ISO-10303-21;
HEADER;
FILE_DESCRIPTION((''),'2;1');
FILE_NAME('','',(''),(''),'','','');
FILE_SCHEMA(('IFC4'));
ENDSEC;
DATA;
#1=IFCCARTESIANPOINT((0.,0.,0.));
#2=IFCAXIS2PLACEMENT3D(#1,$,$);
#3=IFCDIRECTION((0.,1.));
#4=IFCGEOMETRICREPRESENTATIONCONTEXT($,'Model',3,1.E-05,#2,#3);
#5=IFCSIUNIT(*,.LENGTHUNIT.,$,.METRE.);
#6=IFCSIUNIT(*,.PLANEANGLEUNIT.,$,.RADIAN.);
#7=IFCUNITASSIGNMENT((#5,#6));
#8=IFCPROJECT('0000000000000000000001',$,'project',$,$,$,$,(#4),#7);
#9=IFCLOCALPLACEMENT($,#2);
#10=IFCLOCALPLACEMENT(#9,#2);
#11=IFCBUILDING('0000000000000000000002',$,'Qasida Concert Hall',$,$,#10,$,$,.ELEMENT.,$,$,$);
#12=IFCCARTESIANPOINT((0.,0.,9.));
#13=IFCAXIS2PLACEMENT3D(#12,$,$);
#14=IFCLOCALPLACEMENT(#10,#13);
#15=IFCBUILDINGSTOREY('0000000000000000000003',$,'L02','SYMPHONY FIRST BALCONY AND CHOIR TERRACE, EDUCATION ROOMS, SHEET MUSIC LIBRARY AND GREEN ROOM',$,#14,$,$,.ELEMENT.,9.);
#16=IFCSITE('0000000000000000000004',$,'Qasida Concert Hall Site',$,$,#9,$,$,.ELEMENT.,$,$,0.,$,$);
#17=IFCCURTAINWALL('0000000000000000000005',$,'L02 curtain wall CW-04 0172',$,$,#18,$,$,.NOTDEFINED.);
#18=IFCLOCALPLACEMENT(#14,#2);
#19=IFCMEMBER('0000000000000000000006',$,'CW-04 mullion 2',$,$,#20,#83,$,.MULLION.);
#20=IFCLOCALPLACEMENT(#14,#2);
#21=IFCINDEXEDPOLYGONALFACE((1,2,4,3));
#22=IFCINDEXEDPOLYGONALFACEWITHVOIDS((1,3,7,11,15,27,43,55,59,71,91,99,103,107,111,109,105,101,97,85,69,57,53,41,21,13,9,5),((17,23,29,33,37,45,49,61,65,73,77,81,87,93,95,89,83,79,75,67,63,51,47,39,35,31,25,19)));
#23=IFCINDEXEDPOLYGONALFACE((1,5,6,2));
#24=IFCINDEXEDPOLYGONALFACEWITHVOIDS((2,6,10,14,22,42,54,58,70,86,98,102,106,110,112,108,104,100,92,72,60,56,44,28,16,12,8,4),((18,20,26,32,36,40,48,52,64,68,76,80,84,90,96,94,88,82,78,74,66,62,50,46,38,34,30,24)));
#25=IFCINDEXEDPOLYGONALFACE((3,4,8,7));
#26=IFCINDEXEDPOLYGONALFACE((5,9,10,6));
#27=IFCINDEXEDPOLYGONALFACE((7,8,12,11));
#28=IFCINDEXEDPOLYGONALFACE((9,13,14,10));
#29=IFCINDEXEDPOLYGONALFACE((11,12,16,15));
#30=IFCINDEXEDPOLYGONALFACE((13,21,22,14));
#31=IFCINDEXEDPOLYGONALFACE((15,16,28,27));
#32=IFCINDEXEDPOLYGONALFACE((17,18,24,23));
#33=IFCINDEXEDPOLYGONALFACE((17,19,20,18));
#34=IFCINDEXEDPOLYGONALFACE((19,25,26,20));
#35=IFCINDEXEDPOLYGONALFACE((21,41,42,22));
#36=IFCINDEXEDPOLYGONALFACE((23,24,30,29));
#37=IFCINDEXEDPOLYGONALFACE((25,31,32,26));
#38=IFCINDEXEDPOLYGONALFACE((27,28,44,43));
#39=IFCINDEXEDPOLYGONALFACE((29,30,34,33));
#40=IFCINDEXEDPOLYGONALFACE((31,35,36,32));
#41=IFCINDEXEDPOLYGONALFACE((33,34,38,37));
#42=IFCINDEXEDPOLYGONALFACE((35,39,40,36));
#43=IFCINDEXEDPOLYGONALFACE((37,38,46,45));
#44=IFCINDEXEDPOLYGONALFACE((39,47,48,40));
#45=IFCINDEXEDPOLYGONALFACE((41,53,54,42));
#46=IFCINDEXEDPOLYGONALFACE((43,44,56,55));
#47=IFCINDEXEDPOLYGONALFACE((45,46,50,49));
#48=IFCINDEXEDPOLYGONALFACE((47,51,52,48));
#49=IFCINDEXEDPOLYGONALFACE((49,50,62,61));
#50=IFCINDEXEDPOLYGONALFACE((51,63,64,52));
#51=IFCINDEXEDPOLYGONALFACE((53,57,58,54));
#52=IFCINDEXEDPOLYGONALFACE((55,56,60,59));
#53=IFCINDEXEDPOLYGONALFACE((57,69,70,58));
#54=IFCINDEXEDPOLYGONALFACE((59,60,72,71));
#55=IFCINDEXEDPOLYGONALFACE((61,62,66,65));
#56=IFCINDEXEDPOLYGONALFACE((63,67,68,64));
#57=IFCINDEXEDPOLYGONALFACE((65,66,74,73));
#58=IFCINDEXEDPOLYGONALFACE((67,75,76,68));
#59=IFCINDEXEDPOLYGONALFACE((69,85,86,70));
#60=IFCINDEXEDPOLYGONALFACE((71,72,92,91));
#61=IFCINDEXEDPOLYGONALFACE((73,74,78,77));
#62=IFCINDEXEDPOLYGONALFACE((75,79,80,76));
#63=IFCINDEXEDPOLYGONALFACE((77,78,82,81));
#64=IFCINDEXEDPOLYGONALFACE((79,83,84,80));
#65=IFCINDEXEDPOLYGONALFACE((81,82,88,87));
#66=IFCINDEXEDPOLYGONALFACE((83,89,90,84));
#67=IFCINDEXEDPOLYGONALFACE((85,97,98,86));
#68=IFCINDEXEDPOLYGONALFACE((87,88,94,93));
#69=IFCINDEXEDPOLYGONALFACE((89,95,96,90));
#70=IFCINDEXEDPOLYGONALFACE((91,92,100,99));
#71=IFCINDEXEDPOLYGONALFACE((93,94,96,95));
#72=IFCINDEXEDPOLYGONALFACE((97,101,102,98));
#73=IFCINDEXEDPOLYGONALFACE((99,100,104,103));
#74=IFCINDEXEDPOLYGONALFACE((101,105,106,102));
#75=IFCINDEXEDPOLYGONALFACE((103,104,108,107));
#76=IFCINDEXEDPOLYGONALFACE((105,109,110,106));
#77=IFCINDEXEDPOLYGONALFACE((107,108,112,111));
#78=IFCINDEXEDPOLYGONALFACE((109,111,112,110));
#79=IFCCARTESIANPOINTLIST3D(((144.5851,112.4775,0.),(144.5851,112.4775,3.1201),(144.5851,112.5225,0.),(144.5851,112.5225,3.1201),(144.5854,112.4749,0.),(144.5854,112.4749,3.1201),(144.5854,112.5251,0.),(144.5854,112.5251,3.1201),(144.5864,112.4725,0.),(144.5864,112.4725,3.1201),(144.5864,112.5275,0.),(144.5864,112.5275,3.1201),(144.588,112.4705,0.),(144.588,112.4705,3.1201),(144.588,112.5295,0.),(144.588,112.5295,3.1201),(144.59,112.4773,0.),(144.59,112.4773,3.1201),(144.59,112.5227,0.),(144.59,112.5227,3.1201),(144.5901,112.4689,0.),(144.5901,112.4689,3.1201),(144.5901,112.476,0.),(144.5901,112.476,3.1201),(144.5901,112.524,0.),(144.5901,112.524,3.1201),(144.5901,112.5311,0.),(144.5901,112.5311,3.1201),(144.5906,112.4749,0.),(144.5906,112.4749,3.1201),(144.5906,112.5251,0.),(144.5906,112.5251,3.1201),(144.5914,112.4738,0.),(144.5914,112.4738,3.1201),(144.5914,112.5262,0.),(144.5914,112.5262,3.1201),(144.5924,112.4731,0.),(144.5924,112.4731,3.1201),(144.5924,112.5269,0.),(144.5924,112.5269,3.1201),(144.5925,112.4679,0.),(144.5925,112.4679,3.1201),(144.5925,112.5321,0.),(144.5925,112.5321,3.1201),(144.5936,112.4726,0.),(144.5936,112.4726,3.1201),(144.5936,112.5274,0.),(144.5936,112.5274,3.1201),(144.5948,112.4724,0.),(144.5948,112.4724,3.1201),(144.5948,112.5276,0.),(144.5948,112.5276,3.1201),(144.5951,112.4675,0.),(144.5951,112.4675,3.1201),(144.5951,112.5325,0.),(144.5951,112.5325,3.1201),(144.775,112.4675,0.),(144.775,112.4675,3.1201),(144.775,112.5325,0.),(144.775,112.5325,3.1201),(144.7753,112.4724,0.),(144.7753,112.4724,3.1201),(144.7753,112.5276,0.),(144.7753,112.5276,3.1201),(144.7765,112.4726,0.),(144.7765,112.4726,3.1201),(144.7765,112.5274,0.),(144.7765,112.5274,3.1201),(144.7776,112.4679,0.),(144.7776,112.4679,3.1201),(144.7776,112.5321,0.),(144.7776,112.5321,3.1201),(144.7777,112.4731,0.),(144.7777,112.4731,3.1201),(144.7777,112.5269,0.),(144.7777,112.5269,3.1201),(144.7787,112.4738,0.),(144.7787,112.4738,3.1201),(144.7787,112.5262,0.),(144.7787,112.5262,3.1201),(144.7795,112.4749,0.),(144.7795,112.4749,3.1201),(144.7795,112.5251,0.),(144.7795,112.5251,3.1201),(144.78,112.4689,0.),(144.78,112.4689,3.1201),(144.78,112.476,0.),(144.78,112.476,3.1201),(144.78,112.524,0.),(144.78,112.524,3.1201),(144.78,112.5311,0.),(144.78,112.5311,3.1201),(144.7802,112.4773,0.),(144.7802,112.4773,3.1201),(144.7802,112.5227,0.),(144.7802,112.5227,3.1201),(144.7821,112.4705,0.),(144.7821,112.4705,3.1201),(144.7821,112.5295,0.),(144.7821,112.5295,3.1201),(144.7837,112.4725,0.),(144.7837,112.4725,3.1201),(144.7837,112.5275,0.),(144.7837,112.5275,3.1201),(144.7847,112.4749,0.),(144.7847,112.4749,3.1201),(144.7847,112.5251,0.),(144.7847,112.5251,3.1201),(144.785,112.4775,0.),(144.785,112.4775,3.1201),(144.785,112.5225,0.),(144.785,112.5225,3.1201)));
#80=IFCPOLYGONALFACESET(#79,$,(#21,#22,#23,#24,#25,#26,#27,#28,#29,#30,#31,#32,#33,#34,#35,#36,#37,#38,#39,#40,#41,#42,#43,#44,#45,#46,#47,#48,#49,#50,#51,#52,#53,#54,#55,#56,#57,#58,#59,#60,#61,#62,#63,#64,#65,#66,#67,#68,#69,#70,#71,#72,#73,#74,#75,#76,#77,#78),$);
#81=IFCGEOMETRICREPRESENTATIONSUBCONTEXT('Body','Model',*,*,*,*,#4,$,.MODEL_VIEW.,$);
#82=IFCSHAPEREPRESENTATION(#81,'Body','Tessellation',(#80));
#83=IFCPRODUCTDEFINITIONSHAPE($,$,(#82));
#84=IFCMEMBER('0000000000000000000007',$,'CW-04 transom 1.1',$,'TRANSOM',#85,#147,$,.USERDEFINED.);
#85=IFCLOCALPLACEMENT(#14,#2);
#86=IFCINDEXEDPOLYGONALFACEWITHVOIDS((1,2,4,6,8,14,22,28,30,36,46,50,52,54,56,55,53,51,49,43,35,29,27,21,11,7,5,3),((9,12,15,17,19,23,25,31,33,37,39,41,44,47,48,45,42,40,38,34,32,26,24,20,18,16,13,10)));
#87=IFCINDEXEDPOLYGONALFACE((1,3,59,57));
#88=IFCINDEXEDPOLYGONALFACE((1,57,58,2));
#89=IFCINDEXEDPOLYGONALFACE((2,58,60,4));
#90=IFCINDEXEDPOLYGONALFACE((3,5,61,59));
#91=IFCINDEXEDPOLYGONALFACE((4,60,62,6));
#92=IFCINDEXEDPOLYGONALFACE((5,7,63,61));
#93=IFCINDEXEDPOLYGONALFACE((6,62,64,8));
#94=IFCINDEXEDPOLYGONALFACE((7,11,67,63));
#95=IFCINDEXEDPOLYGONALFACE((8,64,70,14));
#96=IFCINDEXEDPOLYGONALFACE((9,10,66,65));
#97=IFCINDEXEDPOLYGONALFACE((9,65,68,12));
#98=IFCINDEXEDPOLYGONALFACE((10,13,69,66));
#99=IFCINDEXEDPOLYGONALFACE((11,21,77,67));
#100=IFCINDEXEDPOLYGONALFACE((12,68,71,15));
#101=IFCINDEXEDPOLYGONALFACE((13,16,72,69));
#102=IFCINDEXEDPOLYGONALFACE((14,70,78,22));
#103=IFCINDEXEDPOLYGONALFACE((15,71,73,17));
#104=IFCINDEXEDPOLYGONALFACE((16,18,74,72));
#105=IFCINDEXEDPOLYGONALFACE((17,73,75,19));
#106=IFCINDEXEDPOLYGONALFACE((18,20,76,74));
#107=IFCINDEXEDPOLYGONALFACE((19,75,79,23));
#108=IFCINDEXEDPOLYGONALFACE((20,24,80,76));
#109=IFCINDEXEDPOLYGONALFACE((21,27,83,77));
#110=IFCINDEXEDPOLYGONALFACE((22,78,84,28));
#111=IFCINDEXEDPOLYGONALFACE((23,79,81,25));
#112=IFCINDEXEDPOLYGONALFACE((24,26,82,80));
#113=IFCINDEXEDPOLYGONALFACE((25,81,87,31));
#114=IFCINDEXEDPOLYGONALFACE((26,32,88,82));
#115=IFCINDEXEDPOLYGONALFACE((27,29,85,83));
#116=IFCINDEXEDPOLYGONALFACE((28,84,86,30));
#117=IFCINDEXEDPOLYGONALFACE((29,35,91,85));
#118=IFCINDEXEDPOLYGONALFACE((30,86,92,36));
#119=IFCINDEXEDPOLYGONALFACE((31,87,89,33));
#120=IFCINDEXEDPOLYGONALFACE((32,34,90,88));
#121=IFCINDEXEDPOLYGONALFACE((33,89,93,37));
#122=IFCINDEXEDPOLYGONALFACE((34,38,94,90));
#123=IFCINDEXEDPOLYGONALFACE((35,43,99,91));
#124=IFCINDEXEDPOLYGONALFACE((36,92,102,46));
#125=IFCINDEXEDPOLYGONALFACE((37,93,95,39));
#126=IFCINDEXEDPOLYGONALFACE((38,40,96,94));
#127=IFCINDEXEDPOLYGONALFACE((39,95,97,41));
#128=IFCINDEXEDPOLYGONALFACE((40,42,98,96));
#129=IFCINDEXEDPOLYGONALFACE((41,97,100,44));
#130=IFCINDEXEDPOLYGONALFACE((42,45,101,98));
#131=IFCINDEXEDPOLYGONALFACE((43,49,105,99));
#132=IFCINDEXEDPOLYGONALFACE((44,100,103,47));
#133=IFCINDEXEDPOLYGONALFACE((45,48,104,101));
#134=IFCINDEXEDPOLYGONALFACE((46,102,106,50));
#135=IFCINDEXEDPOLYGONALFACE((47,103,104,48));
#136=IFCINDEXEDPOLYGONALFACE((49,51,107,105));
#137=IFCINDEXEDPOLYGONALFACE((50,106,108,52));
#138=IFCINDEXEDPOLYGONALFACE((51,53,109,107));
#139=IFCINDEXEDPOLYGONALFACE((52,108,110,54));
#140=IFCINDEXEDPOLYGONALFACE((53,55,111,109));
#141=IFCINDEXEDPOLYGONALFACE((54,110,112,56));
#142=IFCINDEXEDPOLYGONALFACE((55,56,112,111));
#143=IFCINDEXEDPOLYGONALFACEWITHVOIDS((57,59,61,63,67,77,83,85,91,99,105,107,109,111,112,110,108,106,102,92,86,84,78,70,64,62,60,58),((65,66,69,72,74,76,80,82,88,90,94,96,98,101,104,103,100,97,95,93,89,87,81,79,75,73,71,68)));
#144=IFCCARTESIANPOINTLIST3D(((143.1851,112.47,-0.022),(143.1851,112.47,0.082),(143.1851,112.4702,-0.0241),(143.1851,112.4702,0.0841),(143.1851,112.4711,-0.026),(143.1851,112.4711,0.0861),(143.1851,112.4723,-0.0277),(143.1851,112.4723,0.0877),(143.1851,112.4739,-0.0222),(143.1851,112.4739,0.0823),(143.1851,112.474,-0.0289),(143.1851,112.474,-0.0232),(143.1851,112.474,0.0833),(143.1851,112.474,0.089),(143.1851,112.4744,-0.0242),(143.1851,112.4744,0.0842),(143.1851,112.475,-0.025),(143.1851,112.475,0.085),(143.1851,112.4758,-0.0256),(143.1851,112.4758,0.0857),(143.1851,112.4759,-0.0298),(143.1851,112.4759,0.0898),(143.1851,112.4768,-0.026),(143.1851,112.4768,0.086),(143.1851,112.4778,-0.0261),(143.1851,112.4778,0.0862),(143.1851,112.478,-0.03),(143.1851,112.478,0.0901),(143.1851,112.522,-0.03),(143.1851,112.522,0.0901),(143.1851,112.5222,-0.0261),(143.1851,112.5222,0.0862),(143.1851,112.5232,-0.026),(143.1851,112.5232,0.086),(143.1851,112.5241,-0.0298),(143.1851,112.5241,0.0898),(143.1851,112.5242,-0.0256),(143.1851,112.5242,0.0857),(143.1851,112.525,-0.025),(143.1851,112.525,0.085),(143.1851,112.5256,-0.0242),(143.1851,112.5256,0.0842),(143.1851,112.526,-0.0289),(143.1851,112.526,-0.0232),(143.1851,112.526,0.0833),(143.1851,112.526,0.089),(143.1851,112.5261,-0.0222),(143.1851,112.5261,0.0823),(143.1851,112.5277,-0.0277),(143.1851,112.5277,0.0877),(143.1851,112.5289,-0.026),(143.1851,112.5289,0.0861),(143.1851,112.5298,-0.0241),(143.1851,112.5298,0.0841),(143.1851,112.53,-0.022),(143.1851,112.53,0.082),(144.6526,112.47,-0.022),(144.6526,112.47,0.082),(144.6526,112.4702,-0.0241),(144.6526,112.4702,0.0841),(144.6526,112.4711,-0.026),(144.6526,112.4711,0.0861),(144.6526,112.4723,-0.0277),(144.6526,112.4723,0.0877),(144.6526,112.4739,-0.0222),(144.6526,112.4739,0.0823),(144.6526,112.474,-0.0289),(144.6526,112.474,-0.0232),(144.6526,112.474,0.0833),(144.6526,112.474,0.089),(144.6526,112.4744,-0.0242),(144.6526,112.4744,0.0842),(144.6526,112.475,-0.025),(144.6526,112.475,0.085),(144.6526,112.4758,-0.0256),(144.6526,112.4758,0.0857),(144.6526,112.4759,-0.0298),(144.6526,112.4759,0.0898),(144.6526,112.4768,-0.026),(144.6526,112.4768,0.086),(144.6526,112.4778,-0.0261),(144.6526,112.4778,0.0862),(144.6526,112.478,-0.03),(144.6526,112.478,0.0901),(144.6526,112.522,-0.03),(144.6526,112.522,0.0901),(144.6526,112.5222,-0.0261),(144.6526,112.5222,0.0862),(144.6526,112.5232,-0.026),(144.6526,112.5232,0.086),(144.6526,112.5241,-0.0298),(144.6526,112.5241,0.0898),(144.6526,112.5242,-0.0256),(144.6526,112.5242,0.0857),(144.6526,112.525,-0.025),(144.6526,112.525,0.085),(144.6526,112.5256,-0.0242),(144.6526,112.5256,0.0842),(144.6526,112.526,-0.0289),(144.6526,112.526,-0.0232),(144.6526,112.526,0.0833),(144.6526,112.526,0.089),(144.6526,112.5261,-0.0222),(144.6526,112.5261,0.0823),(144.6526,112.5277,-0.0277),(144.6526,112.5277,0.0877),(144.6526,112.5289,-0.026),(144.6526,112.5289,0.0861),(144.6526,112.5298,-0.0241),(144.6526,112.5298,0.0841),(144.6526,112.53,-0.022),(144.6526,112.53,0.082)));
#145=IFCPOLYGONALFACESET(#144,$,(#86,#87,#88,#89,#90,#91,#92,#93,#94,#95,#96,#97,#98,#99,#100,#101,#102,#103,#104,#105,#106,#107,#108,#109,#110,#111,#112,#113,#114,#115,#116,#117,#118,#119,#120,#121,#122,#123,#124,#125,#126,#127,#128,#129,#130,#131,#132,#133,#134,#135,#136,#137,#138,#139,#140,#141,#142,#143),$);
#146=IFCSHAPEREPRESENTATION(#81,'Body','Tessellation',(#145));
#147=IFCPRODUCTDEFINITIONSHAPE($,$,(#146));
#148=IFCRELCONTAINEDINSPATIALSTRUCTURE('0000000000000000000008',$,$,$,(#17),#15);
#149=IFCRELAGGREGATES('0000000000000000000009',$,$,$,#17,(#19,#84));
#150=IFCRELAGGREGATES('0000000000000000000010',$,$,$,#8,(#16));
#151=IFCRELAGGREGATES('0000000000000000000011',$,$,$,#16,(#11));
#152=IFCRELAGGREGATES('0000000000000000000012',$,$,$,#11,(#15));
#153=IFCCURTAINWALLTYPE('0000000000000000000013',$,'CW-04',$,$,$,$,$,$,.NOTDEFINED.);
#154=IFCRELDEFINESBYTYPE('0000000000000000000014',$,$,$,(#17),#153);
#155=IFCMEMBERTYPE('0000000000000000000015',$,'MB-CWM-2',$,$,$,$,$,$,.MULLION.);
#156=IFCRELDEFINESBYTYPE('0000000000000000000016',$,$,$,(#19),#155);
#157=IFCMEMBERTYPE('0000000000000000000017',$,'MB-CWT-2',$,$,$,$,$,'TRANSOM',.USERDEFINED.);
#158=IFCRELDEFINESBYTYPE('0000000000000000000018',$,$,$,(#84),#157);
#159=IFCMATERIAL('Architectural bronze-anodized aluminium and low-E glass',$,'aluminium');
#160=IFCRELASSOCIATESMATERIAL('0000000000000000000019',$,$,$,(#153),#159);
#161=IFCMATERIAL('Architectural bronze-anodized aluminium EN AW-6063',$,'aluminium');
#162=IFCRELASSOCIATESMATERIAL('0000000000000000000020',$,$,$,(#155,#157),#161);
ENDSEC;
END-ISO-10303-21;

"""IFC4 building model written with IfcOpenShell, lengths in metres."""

from ifc_helpers import new_model, si_unit, direction, frame, origin, origin_2d, place, context, subcontext, project, spatial, hollow_rectangle, extrude, material, material_profile, profile_set, type_object, element, aggregate, save


model = new_model("IFC4")

# Units and contexts
model_context = context("Model", 3, precision=1e-05, world=origin(), true_north=direction((0.0, 1.0)))
body_context = subcontext(model_context, "Body", "Model", "MODEL_VIEW")
ifc_project = project(units=[si_unit("LENGTHUNIT", "METRE"), si_unit("PLANEANGLEUNIT", "RADIAN")], contexts=[model_context])

# Site, building, storey
site_placement = place(None, origin())
site = spatial("IfcSite", under=ifc_project, at=site_placement, Name="Qasida Concert Hall Site", CompositionType="ELEMENT", RefElevation=0.0)
building_placement = place(site_placement, origin())
building = spatial("IfcBuilding", under=site, at=building_placement, Name="Qasida Concert Hall", CompositionType="ELEMENT")
storey_placement = place(building_placement, frame((0.0, 0.0, 9.0)))
storey = spatial("IfcBuildingStorey", under=building, at=storey_placement, Name="L02", Description="SYMPHONY FIRST BALCONY AND CHOIR TERRACE, EDUCATION ROOMS, SHEET MUSIC LIBRARY AND GREEN ROOM", CompositionType="ELEMENT", Elevation=9.0)

# Shared definitions
ifc_material_1 = material(Name="Architectural bronze-anodized aluminium and low-E glass", Category="aluminium")
curtain_wall_type = type_object("IfcCurtainWallType", Name="CW-04", PredefinedType="NOTDEFINED", material=ifc_material_1)
ifc_material_2 = material(Name="Architectural bronze-anodized aluminium EN AW-6063", Category="aluminium")
ifc_material_profile_1 = material_profile(ifc_material_2, hollow_rectangle(XDim=0.0649, YDim=0.2, WallThickness=0.0049, InnerFilletRadius=0.0049, OuterFilletRadius=0.01, at=origin_2d()), Name="CWM 200x65x5")
ifc_profile_set_1 = profile_set([ifc_material_profile_1], Name="Architectural bronze-anodized aluminium EN AW-6063")
member_type_1 = type_object("IfcMemberType", Name="MB-CWM-2", PredefinedType="MULLION", material=ifc_profile_set_1)

# Curtain wall, members
curtain_wall_1_placement = place(storey_placement, origin())
curtain_wall_1 = element("IfcCurtainWall", 1, at=curtain_wall_1_placement, inside=storey, type_object=curtain_wall_type, Name="L02 curtain wall CW-04 0172", PredefinedType="NOTDEFINED")
member_1_placement = place(storey_placement, frame((144.6851, 112.5, 0.0), z_axis=(0.0, 0.0, 1.0), x_axis=(0.0, 1.0, 0.0)))
member_1 = element("IfcMember", 2, at=member_1_placement, type_object=member_type_1, Name="CW-04 mullion 2", PredefinedType="MULLION", context=body_context, shape_type="SweptSolid", body=[
    extrude(hollow_rectangle(XDim=0.0649, YDim=0.2, WallThickness=0.0049, InnerFilletRadius=0.0049, OuterFilletRadius=0.01, at=origin_2d()), origin(), (0.0, 0.0, 1.0), 3.1201),
])
ifc_material_profile_2 = material_profile(ifc_material_2, hollow_rectangle(XDim=0.0601, YDim=0.1201, WallThickness=0.0039, InnerFilletRadius=0.0039, OuterFilletRadius=0.0081, at=origin_2d()), Name="CWT 120x60x4")
ifc_profile_set_2 = profile_set([ifc_material_profile_2], Name="Architectural bronze-anodized aluminium EN AW-6063")
member_type_2 = type_object("IfcMemberType", Name="MB-CWT-2", ElementType="TRANSOM", PredefinedType="USERDEFINED", material=ifc_profile_set_2)
member_2_placement = place(storey_placement, frame((143.1851, 112.5, 0.03), z_axis=(1.0, 0.0, 0.0), x_axis=(0.0, 1.0, 0.0)))
member_2 = element("IfcMember", 3, at=member_2_placement, type_object=member_type_2, Name="CW-04 transom 1.1", ObjectType="TRANSOM", PredefinedType="USERDEFINED", context=body_context, shape_type="SweptSolid", body=[
    extrude(hollow_rectangle(XDim=0.0601, YDim=0.1201, WallThickness=0.0039, InnerFilletRadius=0.0039, OuterFilletRadius=0.0081, at=origin_2d()), origin(), (0.0, 0.0, 1.0), 1.4675),
])

aggregate(curtain_wall_1, [member_1, member_2])

save(model, "model.ifc")
